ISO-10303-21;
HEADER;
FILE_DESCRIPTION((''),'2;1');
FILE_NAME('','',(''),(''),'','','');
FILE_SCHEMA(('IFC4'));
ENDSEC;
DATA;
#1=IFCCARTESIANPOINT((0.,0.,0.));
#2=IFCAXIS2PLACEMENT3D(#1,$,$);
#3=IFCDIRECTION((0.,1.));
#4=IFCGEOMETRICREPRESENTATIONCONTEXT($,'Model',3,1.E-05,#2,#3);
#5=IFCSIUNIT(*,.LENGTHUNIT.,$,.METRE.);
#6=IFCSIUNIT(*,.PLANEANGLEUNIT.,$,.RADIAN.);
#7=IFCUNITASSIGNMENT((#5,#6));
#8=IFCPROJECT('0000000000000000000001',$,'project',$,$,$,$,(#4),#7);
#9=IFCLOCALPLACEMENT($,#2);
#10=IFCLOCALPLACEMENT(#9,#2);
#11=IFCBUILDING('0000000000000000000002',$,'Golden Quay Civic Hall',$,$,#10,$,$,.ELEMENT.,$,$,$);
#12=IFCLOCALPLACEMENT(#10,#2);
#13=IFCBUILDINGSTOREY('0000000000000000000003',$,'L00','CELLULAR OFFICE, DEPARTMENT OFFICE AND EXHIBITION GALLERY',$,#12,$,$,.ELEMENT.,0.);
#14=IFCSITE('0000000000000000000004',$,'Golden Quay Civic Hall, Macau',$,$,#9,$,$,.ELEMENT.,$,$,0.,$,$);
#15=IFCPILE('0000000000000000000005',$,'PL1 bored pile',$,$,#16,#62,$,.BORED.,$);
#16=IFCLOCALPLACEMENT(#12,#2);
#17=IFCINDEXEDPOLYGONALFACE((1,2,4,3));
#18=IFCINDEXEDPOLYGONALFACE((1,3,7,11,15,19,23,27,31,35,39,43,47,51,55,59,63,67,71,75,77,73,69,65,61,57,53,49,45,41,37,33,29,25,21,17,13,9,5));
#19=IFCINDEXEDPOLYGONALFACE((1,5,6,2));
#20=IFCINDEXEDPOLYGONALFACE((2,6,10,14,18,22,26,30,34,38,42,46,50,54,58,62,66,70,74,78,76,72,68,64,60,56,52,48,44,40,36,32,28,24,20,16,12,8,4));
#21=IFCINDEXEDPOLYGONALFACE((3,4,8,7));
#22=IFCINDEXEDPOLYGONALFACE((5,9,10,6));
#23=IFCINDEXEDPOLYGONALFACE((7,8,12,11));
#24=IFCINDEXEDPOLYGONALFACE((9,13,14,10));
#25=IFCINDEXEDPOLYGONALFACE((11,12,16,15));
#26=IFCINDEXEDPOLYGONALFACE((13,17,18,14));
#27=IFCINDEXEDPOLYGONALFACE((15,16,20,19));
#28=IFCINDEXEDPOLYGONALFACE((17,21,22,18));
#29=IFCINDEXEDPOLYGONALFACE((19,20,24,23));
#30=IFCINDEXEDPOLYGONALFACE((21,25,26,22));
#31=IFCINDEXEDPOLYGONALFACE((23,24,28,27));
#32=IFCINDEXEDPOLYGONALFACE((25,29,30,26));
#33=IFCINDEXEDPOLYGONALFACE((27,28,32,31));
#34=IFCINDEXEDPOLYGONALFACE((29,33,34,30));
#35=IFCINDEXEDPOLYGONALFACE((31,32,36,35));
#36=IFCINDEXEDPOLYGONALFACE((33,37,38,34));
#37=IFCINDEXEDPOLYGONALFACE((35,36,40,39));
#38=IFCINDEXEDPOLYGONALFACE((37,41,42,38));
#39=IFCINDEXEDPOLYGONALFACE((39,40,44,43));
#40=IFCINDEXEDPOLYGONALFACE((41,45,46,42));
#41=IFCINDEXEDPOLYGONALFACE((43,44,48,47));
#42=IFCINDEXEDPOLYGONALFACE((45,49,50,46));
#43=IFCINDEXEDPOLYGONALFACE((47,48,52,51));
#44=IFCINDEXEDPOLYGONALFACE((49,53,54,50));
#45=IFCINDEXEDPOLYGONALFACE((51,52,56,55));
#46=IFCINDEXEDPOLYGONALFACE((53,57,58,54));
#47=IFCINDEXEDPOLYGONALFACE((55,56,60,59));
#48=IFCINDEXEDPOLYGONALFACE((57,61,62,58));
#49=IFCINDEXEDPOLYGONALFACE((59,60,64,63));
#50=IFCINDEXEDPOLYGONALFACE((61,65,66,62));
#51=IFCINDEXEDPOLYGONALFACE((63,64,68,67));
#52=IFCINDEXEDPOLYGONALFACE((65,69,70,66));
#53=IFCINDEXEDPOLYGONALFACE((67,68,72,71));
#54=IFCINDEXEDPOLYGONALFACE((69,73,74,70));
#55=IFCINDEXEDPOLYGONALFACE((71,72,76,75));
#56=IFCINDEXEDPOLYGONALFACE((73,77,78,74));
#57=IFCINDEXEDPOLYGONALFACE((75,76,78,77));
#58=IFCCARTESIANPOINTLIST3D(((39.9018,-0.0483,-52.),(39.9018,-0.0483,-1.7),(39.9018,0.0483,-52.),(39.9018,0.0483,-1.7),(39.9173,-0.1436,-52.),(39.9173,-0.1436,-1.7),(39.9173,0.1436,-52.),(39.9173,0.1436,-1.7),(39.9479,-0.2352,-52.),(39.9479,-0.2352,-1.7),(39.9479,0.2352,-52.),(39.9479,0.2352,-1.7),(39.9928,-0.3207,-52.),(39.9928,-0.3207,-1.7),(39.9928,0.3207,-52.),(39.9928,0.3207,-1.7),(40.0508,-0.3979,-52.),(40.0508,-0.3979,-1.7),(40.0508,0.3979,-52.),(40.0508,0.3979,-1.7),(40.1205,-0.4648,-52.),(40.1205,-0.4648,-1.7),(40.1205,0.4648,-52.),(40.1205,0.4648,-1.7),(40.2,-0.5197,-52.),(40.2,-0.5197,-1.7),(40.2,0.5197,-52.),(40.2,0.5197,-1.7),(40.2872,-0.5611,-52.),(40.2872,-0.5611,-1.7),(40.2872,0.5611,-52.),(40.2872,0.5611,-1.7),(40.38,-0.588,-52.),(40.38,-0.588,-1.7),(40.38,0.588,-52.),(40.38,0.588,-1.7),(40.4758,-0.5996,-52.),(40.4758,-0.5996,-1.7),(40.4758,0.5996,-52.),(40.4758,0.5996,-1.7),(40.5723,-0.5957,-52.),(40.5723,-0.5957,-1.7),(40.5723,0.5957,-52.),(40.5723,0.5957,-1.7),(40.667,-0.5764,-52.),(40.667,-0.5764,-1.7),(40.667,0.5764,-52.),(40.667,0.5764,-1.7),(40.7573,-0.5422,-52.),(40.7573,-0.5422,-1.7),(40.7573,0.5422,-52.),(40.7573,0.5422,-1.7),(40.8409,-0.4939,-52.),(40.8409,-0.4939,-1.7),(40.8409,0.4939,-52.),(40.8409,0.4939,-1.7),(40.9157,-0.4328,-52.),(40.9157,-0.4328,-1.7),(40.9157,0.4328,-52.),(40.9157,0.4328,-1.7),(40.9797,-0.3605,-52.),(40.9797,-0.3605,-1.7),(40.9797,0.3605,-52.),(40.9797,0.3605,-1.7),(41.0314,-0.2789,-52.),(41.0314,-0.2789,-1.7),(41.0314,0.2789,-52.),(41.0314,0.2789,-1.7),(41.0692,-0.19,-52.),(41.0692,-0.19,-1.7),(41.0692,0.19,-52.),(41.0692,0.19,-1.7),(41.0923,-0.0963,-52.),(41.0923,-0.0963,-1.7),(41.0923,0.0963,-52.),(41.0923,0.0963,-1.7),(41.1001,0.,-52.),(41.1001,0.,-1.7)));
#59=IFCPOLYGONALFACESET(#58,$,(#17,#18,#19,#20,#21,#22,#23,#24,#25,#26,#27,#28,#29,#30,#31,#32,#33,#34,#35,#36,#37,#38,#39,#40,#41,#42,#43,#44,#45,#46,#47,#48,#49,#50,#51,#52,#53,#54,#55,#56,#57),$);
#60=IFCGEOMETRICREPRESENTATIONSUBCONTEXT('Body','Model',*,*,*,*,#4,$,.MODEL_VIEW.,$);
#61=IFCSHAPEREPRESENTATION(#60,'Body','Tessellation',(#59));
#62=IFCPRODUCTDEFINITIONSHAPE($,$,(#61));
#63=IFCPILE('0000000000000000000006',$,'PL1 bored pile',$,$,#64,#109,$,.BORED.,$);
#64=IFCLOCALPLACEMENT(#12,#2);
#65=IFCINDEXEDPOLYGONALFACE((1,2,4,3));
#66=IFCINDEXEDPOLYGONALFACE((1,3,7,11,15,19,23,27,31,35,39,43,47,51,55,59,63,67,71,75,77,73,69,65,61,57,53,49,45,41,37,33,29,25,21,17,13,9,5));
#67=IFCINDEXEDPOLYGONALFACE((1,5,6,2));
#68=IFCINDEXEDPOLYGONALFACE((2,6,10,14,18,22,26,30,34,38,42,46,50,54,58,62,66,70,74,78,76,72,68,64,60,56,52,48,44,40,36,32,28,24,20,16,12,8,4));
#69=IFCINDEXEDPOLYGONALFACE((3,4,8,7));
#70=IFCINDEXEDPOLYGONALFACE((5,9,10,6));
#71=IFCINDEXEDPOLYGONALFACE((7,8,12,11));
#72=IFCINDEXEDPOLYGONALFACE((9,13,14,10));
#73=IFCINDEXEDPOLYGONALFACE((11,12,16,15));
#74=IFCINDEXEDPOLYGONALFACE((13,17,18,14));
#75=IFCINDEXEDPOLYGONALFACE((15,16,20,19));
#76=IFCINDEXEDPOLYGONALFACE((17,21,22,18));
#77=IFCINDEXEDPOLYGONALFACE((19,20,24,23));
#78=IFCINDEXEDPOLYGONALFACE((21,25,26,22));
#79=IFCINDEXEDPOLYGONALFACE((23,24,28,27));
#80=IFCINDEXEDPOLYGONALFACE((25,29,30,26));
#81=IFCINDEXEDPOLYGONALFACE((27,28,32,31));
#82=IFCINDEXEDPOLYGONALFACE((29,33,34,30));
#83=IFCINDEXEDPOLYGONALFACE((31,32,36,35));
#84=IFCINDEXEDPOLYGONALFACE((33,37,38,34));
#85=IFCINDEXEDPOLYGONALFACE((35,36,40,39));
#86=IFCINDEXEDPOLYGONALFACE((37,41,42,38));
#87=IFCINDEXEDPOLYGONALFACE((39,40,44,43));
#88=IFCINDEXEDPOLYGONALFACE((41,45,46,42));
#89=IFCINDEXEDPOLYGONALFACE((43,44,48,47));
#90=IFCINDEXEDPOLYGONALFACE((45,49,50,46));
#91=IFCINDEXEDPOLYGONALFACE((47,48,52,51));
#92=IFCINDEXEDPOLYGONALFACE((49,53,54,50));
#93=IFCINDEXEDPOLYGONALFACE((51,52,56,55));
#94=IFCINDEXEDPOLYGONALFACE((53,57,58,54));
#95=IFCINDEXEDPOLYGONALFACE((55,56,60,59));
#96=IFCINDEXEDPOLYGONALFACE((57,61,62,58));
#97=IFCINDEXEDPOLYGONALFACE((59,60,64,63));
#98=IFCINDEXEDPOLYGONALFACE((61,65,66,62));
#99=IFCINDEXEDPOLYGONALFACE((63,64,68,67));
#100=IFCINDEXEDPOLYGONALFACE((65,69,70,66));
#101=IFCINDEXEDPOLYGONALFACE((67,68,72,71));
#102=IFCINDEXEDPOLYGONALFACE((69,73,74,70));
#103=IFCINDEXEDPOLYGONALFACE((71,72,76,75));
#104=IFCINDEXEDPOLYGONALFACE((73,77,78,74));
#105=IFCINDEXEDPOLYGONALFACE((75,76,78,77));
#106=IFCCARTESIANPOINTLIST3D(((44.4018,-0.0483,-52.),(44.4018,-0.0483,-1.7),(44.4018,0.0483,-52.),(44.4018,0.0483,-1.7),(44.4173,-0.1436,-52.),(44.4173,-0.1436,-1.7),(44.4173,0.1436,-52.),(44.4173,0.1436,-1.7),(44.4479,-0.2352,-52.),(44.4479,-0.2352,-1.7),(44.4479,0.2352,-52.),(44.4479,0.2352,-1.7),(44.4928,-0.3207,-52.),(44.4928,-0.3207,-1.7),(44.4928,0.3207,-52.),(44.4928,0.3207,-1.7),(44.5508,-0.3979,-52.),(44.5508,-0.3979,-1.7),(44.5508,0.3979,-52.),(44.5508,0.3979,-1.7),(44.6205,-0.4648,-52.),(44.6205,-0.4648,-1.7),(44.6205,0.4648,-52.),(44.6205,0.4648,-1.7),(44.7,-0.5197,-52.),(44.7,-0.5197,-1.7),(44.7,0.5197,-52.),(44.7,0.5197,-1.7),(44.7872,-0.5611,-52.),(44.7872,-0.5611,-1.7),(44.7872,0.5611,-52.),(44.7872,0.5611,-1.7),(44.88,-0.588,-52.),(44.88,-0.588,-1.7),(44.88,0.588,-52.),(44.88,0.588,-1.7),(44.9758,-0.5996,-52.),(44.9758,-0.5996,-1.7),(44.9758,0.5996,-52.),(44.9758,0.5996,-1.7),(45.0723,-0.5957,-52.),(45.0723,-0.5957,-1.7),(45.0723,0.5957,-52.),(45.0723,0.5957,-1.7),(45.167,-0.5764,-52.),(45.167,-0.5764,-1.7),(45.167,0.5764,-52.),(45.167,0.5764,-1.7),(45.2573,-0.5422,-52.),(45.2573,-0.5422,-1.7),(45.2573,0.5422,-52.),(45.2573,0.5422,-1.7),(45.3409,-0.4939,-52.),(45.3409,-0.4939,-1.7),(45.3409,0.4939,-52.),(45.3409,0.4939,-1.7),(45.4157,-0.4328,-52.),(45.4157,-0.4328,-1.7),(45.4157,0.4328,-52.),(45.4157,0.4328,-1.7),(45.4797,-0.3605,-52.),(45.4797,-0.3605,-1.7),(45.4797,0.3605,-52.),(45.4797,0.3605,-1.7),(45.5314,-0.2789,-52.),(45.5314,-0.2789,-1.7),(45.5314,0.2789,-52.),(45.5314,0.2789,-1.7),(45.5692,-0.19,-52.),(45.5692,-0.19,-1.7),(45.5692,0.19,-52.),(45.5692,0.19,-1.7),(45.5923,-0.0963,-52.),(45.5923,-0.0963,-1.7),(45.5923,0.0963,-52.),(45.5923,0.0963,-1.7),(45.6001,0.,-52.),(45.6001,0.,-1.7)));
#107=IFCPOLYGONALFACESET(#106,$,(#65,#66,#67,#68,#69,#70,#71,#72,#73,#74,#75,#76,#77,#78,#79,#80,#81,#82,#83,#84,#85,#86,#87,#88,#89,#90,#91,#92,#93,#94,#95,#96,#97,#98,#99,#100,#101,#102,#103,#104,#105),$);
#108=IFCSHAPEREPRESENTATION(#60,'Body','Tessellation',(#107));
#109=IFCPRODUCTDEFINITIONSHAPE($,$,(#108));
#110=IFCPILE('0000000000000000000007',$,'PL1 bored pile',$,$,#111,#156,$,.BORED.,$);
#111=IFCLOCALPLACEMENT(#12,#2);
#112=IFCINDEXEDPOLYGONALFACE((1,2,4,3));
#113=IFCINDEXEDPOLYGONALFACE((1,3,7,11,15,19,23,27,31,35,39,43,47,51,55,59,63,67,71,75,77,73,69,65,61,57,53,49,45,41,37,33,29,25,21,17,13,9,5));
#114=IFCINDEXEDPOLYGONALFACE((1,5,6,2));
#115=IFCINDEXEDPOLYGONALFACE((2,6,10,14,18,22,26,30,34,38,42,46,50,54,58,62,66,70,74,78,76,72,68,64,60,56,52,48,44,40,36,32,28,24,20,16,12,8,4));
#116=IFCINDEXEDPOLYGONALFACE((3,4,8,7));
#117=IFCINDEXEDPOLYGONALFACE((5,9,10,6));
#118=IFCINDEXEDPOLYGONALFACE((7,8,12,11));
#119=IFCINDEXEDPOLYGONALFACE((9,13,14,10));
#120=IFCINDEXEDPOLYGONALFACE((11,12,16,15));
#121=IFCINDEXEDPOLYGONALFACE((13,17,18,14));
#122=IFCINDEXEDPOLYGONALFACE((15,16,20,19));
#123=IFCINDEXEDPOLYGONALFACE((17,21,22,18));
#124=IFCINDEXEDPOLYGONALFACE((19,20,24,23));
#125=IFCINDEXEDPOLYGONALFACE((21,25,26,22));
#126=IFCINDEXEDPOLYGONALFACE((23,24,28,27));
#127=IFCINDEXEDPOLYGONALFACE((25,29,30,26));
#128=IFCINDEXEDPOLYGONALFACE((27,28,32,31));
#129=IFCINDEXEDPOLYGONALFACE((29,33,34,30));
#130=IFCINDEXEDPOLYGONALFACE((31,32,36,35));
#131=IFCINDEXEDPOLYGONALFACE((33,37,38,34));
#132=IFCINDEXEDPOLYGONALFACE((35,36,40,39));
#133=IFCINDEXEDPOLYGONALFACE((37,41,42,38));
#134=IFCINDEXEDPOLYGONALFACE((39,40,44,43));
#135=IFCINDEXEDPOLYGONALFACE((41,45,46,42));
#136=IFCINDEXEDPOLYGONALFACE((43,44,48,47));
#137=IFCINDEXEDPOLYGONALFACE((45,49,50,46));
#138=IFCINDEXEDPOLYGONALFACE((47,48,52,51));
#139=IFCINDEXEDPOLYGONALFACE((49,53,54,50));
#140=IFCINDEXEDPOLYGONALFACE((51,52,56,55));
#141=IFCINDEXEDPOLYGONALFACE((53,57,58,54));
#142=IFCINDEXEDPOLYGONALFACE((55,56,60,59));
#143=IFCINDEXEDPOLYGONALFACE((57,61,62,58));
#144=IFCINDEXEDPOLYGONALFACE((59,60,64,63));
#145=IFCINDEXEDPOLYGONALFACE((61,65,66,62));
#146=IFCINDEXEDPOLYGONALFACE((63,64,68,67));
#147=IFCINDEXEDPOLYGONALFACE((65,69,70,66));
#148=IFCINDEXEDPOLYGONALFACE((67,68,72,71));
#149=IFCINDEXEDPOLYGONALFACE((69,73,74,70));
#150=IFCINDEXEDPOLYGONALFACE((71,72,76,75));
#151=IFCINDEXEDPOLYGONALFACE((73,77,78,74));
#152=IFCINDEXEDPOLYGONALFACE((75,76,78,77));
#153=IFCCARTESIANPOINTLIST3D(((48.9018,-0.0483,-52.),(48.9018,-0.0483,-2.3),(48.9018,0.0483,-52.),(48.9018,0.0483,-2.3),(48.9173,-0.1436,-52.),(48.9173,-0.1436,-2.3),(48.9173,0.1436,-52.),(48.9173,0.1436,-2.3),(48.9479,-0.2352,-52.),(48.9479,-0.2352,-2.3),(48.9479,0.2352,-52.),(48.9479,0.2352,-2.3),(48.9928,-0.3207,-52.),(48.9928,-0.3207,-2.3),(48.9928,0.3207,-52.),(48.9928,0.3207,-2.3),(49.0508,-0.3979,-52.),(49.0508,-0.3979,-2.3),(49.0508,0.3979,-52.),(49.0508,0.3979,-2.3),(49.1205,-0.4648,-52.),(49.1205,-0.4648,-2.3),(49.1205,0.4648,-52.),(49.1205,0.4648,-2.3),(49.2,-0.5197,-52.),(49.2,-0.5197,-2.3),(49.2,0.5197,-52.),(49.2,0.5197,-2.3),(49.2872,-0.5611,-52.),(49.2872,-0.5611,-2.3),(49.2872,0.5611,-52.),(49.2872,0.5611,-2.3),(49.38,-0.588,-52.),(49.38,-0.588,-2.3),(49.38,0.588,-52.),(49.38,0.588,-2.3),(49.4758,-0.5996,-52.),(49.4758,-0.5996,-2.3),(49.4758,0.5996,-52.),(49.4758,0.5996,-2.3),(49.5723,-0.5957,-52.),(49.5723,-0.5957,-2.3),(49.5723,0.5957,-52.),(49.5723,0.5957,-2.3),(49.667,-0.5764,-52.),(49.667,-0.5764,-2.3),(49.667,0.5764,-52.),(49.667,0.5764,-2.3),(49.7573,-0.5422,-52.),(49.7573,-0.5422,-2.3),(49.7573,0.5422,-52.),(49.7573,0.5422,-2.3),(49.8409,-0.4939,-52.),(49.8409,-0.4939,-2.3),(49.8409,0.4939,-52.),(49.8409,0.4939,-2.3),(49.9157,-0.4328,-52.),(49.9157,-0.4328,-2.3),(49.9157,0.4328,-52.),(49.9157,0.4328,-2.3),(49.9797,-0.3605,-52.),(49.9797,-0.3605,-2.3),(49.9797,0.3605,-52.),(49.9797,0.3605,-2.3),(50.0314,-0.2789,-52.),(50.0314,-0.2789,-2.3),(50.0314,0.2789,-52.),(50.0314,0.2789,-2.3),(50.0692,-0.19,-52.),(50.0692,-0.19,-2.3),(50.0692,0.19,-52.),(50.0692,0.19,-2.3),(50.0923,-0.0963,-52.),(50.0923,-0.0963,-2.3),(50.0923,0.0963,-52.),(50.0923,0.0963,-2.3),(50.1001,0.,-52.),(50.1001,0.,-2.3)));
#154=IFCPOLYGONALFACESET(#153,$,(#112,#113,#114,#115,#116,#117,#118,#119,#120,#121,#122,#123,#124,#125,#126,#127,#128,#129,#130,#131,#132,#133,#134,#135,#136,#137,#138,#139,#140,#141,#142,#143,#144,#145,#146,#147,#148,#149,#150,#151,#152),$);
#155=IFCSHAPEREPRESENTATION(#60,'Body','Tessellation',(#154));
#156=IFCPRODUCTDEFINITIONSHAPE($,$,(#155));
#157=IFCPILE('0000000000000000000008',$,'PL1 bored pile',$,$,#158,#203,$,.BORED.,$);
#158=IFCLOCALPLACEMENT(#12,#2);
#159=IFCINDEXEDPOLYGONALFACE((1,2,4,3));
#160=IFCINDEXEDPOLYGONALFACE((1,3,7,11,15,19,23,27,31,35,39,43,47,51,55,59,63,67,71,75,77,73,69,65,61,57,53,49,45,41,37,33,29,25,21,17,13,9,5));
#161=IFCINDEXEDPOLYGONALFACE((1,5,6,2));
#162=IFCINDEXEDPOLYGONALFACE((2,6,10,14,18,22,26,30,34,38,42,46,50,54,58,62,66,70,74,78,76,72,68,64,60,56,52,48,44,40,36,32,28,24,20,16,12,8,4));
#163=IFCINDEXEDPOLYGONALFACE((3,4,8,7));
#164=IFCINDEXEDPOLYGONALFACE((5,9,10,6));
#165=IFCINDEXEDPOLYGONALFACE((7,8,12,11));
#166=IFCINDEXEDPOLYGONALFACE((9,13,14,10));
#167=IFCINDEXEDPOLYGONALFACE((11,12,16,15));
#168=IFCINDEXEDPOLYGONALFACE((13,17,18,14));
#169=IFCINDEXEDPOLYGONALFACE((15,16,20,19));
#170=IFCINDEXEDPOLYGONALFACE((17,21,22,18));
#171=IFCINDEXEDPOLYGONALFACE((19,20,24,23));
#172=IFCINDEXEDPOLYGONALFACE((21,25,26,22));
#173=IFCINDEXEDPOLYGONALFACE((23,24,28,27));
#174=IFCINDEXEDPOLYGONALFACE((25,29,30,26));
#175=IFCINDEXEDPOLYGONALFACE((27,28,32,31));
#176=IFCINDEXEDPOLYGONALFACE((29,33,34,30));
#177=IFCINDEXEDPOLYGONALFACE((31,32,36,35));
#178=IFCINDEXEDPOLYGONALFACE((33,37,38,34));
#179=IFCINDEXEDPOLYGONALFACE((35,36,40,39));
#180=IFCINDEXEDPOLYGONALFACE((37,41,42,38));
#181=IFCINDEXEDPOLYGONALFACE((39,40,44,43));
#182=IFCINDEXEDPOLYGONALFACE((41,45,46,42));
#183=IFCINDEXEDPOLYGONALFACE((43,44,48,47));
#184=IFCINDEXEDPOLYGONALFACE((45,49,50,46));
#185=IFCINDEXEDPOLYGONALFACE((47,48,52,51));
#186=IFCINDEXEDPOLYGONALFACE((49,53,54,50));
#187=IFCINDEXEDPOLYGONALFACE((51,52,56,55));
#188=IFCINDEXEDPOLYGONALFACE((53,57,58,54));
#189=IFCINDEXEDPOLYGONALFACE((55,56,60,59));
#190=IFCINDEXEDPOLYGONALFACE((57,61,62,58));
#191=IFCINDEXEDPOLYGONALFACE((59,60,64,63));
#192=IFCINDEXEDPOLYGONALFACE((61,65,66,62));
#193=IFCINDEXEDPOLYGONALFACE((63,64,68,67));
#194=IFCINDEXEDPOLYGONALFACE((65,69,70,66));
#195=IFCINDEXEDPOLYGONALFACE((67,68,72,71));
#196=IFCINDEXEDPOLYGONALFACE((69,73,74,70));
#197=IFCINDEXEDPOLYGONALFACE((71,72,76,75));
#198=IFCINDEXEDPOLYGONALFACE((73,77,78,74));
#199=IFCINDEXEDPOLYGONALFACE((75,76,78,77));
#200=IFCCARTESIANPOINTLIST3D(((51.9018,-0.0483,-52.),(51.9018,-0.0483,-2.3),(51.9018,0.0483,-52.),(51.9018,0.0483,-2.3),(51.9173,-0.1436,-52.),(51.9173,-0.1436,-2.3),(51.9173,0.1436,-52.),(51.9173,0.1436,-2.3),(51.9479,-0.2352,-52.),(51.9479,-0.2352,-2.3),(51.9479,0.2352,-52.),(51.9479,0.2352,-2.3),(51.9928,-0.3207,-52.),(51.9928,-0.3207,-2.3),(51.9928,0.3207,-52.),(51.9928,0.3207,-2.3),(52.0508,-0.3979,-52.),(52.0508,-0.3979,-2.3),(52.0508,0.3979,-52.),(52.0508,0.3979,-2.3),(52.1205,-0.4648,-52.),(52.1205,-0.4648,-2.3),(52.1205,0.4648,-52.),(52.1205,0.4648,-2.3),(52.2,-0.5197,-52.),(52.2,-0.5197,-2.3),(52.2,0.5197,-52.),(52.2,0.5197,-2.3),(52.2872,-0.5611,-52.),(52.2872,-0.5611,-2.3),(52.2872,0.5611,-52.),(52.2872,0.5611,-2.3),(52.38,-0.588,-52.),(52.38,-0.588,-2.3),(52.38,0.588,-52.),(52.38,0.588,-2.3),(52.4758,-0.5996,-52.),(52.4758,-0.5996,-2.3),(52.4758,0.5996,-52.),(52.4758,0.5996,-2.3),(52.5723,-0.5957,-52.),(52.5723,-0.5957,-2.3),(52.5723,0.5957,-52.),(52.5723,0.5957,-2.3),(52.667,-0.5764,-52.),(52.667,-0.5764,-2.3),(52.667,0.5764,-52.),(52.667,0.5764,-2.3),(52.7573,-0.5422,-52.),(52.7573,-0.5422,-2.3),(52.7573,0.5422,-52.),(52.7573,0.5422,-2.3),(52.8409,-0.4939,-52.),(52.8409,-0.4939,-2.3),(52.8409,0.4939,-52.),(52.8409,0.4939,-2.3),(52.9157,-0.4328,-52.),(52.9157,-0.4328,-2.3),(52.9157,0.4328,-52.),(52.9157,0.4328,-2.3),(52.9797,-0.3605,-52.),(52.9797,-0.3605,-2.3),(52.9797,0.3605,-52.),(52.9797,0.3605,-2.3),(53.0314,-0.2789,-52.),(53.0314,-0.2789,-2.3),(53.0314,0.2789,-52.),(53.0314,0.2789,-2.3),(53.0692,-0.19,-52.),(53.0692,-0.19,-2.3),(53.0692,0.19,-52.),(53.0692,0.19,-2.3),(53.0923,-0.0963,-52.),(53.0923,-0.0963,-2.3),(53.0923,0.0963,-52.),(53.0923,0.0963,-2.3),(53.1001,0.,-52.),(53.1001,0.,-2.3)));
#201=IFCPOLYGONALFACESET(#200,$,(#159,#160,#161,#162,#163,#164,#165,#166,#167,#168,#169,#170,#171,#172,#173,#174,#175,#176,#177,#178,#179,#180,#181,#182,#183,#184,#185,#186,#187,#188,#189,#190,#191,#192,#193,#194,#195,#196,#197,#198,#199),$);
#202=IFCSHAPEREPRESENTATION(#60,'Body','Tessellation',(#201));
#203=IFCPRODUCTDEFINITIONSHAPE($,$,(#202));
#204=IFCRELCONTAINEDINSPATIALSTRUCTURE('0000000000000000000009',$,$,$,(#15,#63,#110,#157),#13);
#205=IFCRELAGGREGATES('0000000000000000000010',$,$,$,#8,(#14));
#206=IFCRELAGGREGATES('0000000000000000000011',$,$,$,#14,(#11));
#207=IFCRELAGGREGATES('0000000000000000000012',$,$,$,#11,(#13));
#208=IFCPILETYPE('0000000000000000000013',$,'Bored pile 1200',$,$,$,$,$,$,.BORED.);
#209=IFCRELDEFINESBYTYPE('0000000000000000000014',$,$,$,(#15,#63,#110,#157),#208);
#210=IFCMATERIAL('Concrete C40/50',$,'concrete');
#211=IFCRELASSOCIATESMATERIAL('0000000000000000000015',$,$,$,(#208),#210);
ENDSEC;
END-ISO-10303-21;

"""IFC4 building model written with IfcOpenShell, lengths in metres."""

from ifc_helpers import new_model, si_unit, direction, frame, origin, origin_2d, place, context, subcontext, project, spatial, circle, extrude, material, material_profile, profile_set, type_object, element, save


model = new_model("IFC4")

# Units and contexts
model_context = context("Model", 3, precision=1e-05, world=origin(), true_north=direction((0.0, 1.0)))
body_context = subcontext(model_context, "Body", "Model", "MODEL_VIEW")
ifc_project = project(units=[si_unit("LENGTHUNIT", "METRE"), si_unit("PLANEANGLEUNIT", "RADIAN")], contexts=[model_context])

# Site, building, storey
site_placement = place(None, origin())
site = spatial("IfcSite", under=ifc_project, at=site_placement, Name="Golden Quay Civic Hall, Macau", CompositionType="ELEMENT", RefElevation=0.0)
building_placement = place(site_placement, origin())
building = spatial("IfcBuilding", under=site, at=building_placement, Name="Golden Quay Civic Hall", CompositionType="ELEMENT")
storey_placement = place(building_placement, origin())
storey = spatial("IfcBuildingStorey", under=building, at=storey_placement, Name="L00", Description="CELLULAR OFFICE, DEPARTMENT OFFICE AND EXHIBITION GALLERY", CompositionType="ELEMENT", Elevation=0.0)

# Piles
ifc_material_1 = material(Name="Concrete C40/50", Category="concrete")
ifc_material_profile_1 = material_profile(ifc_material_1, circle(Radius=0.6001, at=origin_2d()), Name="RC D1200")
ifc_profile_set_1 = profile_set([ifc_material_profile_1], Name="Concrete C40/50")
pile_type = type_object("IfcPileType", Name="Bored pile 1200", PredefinedType="BORED", material=ifc_profile_set_1)
for number, where, z_axis, x_axis, name in (
    (1, (40.5, 0.0, -1.7), (0.0, 0.0, -1.0), (1.0, 0.0, 0.0), "PL1 bored pile"),
    (2, (45.0, 0.0, -1.7), (0.0, 0.0, -1.0), (1.0, 0.0, 0.0), "PL1 bored pile"),
):
    element("IfcPile", number, at=place(storey_placement, frame(where, z_axis=z_axis, x_axis=x_axis)), inside=storey, type_object=pile_type, Name=name, PredefinedType="BORED", context=body_context, shape_type="SweptSolid", body=[
        extrude(circle(Radius=0.6001, at=origin_2d()), origin(), (0.0, 0.0, 1.0), 50.3),
    ])
for number, where, z_axis, x_axis, name in (
    (3, (49.5, 0.0, -2.3), (0.0, 0.0, -1.0), (1.0, 0.0, 0.0), "PL1 bored pile"),
    (4, (52.5, 0.0, -2.3), (0.0, 0.0, -1.0), (1.0, 0.0, 0.0), "PL1 bored pile"),
):
    element("IfcPile", number, at=place(storey_placement, frame(where, z_axis=z_axis, x_axis=x_axis)), inside=storey, type_object=pile_type, Name=name, PredefinedType="BORED", context=body_context, shape_type="SweptSolid", body=[
        extrude(circle(Radius=0.6001, at=origin_2d()), origin(), (0.0, 0.0, 1.0), 49.7),
    ])

save(model, "model.ifc")
